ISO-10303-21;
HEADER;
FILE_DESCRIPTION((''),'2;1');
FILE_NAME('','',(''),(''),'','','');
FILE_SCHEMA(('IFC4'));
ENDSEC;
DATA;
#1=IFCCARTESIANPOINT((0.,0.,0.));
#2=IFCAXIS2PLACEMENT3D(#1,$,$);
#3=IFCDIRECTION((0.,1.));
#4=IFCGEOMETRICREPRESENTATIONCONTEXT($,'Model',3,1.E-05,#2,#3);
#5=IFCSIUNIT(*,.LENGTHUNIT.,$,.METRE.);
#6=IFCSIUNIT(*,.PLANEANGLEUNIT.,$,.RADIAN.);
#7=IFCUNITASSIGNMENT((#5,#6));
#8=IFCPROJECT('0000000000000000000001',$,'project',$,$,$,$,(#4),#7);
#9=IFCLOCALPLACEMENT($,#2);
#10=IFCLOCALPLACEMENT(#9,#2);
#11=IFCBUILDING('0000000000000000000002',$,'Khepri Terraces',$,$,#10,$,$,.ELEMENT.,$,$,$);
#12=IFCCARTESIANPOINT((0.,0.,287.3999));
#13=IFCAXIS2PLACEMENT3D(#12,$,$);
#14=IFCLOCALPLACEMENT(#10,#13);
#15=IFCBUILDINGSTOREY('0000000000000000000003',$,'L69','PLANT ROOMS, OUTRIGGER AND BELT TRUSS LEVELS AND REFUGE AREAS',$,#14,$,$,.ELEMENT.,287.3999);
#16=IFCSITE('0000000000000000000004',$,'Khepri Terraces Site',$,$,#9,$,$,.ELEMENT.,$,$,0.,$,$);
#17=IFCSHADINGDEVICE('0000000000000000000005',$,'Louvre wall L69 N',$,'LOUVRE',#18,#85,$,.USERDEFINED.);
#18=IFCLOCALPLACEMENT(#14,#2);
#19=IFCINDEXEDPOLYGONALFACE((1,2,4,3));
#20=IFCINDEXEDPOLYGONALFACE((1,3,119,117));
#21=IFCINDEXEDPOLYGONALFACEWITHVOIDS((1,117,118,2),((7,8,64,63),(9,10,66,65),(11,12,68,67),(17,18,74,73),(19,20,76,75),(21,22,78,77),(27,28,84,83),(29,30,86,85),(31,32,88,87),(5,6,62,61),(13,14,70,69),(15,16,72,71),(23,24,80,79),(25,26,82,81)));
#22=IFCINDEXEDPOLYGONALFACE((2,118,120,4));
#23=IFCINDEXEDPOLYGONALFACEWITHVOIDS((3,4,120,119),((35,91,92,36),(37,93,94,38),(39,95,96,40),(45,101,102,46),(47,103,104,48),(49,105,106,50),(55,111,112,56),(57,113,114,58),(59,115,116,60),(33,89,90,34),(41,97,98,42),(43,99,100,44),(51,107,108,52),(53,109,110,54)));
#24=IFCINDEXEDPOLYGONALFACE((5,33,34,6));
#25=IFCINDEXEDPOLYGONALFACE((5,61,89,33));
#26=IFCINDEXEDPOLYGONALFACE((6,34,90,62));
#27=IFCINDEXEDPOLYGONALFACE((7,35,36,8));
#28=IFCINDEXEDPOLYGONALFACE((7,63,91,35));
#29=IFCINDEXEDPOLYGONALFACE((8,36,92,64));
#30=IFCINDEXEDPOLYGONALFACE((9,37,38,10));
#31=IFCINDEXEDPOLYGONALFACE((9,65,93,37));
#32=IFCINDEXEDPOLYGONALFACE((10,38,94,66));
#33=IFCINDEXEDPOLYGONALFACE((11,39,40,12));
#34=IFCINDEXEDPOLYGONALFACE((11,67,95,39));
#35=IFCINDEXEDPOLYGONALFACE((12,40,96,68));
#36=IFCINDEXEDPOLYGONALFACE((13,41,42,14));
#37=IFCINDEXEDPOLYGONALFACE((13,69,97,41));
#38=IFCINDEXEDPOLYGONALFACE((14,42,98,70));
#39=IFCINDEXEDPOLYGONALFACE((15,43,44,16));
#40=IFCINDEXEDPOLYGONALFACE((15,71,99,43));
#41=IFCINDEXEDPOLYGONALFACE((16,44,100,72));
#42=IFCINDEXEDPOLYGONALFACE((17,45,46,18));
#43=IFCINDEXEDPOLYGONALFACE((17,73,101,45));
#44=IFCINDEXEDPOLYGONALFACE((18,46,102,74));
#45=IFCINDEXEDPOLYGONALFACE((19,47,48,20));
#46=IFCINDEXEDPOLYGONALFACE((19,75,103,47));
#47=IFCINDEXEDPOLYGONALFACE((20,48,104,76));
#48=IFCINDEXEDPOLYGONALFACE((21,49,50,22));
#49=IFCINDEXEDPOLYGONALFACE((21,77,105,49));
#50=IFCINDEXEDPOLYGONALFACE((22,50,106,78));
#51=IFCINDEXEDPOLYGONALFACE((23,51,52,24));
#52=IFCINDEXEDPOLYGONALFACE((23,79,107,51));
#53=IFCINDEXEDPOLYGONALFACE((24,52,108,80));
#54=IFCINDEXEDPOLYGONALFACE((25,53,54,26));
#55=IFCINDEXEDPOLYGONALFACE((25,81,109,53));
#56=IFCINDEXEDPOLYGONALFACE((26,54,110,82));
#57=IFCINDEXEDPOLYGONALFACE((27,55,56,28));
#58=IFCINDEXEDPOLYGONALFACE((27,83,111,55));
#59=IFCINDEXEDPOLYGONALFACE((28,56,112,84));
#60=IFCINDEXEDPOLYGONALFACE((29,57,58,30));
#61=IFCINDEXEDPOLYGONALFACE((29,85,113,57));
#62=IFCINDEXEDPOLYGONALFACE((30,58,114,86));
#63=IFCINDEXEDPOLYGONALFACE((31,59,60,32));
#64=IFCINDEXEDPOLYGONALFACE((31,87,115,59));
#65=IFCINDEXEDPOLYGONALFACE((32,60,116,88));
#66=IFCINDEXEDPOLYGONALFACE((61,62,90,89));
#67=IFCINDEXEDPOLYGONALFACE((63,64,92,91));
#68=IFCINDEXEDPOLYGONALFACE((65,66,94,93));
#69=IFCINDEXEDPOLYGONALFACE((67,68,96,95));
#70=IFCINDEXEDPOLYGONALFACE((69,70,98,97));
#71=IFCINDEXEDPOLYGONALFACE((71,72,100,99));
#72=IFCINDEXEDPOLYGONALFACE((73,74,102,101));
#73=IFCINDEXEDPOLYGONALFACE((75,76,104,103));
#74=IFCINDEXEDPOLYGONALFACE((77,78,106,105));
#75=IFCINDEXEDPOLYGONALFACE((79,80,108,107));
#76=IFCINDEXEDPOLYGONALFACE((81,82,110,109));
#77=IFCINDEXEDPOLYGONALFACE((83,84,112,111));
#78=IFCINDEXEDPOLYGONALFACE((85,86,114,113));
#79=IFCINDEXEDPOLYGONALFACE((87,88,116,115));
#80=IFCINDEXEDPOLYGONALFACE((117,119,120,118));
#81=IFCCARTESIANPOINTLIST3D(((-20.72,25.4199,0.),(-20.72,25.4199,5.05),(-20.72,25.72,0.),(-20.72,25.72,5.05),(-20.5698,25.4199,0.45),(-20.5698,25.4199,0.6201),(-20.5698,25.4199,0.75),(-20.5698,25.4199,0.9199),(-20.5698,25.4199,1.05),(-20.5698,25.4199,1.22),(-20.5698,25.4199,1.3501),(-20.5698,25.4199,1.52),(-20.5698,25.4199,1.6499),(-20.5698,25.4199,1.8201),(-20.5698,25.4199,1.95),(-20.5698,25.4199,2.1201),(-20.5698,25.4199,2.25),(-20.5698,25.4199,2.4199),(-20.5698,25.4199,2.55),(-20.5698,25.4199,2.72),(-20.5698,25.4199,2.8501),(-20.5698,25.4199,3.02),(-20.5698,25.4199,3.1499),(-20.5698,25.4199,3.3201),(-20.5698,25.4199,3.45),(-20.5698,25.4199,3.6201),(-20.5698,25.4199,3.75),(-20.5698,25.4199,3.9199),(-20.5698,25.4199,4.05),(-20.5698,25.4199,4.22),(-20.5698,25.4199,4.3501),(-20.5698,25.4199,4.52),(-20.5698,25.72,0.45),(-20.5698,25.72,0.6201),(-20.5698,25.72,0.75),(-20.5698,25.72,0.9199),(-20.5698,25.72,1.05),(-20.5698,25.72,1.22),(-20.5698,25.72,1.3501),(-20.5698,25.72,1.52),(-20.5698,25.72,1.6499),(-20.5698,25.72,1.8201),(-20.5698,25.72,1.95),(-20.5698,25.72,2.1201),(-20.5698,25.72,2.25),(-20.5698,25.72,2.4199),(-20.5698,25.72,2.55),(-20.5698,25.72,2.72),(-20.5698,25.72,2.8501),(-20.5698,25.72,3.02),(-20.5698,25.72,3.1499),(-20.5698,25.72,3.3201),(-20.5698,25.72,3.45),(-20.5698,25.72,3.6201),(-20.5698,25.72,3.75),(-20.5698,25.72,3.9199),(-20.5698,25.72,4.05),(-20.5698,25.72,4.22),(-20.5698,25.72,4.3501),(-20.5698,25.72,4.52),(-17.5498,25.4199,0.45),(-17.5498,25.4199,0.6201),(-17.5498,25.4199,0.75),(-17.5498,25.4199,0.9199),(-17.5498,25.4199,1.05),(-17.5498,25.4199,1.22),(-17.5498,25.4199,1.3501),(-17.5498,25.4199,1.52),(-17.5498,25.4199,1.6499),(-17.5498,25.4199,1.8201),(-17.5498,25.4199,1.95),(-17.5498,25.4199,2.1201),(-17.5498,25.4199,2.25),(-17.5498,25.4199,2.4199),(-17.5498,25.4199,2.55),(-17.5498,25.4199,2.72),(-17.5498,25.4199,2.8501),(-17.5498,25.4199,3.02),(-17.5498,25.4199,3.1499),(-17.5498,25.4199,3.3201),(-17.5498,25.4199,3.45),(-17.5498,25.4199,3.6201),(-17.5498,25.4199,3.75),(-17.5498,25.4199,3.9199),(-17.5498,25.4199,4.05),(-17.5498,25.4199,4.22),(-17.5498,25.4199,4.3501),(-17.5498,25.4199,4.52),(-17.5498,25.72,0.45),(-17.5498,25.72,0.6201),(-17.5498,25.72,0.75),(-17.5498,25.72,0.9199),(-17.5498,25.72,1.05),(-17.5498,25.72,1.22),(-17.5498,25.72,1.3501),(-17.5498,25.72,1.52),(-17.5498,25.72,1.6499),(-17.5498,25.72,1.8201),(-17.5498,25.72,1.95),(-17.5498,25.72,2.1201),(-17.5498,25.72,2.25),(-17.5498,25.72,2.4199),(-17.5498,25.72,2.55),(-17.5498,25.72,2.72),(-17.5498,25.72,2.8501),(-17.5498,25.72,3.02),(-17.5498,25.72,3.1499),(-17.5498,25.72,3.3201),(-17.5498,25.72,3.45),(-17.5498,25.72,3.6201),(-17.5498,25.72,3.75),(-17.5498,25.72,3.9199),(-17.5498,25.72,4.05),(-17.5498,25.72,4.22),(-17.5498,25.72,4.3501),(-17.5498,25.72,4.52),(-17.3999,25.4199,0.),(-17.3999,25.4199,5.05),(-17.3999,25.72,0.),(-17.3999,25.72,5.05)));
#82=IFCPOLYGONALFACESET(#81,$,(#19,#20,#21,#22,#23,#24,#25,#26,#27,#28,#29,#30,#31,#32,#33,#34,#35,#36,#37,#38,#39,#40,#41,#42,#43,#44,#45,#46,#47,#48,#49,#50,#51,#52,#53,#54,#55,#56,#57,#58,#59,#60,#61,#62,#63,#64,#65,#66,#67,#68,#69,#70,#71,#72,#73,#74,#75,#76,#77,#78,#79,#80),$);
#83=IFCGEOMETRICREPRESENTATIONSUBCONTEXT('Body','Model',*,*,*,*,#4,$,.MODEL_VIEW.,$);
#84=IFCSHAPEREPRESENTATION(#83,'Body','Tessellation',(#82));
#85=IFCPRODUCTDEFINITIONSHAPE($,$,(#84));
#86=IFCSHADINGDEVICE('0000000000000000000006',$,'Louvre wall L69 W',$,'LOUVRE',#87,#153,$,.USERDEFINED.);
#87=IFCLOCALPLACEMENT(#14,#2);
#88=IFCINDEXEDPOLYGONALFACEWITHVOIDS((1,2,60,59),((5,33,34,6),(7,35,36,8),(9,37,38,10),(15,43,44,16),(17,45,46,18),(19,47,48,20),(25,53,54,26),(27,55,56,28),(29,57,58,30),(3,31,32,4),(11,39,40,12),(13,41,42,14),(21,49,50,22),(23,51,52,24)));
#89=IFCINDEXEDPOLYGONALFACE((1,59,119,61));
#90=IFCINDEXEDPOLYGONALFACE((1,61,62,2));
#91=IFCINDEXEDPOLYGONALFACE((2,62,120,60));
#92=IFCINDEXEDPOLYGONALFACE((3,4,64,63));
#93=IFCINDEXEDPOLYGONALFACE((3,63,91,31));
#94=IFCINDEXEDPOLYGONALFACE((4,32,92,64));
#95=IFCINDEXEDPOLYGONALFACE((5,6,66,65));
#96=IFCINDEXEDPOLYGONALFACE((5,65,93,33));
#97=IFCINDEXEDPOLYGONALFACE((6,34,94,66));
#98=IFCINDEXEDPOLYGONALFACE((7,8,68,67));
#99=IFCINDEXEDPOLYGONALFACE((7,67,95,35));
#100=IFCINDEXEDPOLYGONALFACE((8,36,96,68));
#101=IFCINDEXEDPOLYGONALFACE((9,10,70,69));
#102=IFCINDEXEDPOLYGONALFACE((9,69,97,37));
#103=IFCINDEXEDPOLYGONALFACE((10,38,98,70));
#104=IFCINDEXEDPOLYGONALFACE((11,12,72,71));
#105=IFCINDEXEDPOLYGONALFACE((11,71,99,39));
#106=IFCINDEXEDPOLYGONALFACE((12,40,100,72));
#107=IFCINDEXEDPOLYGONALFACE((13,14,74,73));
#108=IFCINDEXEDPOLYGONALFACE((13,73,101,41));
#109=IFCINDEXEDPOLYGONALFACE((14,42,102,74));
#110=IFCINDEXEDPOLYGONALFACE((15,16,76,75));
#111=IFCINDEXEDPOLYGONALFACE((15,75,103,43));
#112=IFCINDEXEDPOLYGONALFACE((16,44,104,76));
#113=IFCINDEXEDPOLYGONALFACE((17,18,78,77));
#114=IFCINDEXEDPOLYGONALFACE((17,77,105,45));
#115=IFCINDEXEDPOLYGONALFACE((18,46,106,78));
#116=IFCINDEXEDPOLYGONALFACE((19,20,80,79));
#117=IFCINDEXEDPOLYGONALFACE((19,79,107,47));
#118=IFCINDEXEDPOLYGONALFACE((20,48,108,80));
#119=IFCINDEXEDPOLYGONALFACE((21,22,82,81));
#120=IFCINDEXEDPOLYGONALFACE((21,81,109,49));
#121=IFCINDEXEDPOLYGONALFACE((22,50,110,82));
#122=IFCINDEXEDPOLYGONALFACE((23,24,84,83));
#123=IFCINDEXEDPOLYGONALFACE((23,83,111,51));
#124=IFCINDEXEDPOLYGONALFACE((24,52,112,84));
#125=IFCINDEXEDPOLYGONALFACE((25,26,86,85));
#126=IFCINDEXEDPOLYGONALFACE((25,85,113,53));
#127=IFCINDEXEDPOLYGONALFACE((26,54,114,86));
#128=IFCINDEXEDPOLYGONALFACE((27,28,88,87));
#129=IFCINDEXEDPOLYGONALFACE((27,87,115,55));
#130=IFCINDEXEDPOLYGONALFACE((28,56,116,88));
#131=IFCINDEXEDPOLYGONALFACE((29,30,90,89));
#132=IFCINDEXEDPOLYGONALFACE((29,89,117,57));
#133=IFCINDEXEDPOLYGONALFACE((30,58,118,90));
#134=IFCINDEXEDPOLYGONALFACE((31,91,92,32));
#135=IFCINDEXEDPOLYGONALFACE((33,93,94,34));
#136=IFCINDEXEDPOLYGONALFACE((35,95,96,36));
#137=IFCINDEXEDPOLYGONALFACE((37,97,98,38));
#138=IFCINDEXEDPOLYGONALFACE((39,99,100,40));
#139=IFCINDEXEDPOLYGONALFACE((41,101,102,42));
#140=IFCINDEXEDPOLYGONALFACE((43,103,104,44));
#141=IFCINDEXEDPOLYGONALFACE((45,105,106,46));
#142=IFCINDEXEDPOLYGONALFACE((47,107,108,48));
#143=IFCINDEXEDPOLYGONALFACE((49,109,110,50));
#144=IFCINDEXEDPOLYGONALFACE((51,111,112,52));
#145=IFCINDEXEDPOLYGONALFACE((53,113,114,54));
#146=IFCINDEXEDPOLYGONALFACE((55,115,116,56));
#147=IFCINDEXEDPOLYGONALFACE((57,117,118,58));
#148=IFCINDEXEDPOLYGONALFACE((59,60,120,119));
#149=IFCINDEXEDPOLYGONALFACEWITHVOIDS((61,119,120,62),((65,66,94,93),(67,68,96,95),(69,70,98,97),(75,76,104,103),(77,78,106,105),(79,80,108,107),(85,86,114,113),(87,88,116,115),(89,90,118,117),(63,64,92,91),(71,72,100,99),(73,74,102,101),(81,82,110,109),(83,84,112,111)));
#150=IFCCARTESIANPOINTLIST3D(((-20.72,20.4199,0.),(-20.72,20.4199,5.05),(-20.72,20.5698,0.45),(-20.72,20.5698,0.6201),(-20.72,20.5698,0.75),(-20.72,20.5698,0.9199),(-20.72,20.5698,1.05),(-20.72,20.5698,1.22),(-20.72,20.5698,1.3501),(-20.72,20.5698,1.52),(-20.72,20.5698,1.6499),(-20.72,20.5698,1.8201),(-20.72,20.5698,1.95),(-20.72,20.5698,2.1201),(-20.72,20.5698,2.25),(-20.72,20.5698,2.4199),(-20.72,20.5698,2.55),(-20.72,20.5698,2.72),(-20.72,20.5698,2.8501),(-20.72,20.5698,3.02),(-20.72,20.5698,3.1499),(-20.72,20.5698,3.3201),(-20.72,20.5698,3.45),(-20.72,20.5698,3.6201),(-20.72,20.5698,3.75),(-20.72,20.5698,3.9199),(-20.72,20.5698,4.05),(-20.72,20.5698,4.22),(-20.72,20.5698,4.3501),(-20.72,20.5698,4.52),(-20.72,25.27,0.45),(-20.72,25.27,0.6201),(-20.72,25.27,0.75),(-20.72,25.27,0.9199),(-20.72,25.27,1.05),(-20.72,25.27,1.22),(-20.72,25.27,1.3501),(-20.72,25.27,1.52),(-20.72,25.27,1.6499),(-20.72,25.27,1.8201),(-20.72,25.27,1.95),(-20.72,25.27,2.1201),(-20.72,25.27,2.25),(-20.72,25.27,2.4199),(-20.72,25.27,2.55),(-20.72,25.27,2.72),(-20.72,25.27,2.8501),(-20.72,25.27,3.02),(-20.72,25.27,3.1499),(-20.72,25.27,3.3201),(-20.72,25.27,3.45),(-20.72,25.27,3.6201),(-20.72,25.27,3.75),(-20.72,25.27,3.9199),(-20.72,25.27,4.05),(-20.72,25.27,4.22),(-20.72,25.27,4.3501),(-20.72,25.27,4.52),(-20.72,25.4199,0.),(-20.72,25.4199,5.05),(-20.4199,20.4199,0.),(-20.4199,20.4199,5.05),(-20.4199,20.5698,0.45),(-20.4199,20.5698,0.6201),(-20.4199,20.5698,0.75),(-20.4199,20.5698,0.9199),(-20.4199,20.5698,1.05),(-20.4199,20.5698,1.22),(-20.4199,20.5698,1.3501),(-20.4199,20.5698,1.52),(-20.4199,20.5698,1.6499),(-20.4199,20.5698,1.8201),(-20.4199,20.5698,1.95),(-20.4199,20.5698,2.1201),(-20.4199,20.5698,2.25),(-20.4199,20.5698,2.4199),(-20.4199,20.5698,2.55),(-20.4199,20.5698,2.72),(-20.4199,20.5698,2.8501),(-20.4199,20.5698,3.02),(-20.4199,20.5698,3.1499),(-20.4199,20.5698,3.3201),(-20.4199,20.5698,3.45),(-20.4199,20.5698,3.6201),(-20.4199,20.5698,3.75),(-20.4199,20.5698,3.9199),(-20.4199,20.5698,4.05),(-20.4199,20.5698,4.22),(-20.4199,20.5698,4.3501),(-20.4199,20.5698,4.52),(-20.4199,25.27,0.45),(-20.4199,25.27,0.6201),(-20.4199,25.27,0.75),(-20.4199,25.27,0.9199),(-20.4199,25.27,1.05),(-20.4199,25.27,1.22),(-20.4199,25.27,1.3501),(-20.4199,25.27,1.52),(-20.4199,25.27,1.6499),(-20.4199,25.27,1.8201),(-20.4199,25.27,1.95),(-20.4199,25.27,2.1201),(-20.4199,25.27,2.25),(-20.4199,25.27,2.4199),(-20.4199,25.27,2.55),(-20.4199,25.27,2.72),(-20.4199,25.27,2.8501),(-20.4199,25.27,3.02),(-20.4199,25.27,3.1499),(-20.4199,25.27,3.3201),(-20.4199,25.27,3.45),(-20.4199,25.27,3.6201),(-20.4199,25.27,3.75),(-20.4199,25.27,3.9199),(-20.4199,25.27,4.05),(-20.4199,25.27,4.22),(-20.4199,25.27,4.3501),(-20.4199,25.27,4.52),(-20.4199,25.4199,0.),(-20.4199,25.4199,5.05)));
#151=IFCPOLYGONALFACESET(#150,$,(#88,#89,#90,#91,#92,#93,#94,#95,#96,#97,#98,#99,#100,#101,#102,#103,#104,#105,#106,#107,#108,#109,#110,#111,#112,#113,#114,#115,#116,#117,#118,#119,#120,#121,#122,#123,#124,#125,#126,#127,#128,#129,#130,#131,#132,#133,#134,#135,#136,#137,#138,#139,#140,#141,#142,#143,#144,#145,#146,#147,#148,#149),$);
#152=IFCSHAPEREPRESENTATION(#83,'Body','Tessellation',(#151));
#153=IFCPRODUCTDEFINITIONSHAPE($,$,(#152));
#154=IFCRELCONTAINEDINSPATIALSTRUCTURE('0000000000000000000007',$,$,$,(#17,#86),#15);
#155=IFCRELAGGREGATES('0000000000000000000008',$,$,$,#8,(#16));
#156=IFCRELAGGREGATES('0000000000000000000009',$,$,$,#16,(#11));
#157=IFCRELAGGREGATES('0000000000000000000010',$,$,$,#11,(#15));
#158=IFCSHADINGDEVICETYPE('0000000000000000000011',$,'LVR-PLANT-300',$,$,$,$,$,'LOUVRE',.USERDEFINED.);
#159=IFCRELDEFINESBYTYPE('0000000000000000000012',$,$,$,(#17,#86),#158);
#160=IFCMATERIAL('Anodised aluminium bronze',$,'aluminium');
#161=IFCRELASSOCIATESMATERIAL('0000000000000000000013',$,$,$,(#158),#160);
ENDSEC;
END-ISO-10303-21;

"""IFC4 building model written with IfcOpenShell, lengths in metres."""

from ifc_helpers import new_model, si_unit, direction, frame, origin, place, context, subcontext, project, spatial, polyline, outline, extrude, material, type_object, element, save


model = new_model("IFC4")

# Units and contexts
model_context = context("Model", 3, precision=1e-05, world=origin(), true_north=direction((0.0, 1.0)))
body_context = subcontext(model_context, "Body", "Model", "MODEL_VIEW")
ifc_project = project(units=[si_unit("LENGTHUNIT", "METRE"), si_unit("PLANEANGLEUNIT", "RADIAN")], contexts=[model_context])

# Site, building, storey
site_placement = place(None, origin())
site = spatial("IfcSite", under=ifc_project, at=site_placement, Name="Khepri Terraces Site", CompositionType="ELEMENT", RefElevation=0.0)
building_placement = place(site_placement, origin())
building = spatial("IfcBuilding", under=site, at=building_placement, Name="Khepri Terraces", CompositionType="ELEMENT")
storey_placement = place(building_placement, frame((0.0, 0.0, 287.3999)))
storey = spatial("IfcBuildingStorey", under=building, at=storey_placement, Name="L69", Description="PLANT ROOMS, OUTRIGGER AND BELT TRUSS LEVELS AND REFUGE AREAS", CompositionType="ELEMENT", Elevation=287.3999)

# Shading devices
ifc_material_1 = material(Name="Anodised aluminium bronze", Category="aluminium")
shading_device_type = type_object("IfcShadingDeviceType", Name="LVR-PLANT-300", ElementType="LOUVRE", PredefinedType="USERDEFINED", material=ifc_material_1)
shading_device_1_placement = place(storey_placement, frame((-17.3999, 25.4199, 0.0), z_axis=(0.0, 1.0, 0.0), x_axis=(-1.0, 0.0, 0.0)))
element("IfcShadingDevice", 1, at=shading_device_1_placement, inside=storey, type_object=shading_device_type, Name="Louvre wall L69 N", ObjectType="LOUVRE", PredefinedType="USERDEFINED", context=body_context, shape_type="SweptSolid", body=[
    extrude(outline(polyline([(0.0, 0.0), (3.3201, 0.0), (3.3201, 5.05), (0.0, 5.05), (0.0, 0.0)]), holes=[polyline([(0.1499, 0.45), (3.1699, 0.45), (3.1699, 0.6201), (0.1499, 0.6201), (0.1499, 0.45)]), polyline([(0.1499, 0.75), (3.1699, 0.75), (3.1699, 0.9199), (0.1499, 0.9199), (0.1499, 0.75)]), polyline([(0.1499, 1.05), (3.1699, 1.05), (3.1699, 1.22), (0.1499, 1.22), (0.1499, 1.05)]), polyline([(0.1499, 1.3501), (3.1699, 1.3501), (3.1699, 1.52), (0.1499, 1.52), (0.1499, 1.3501)]), polyline([(0.1499, 1.6499), (3.1699, 1.6499), (3.1699, 1.8201), (0.1499, 1.8201), (0.1499, 1.6499)]), polyline([(0.1499, 1.95), (3.1699, 1.95), (3.1699, 2.1201), (0.1499, 2.1201), (0.1499, 1.95)]), polyline([(0.1499, 2.25), (3.1699, 2.25), (3.1699, 2.4199), (0.1499, 2.4199), (0.1499, 2.25)]), polyline([(0.1499, 2.55), (3.1699, 2.55), (3.1699, 2.72), (0.1499, 2.72), (0.1499, 2.55)]), polyline([(0.1499, 2.8501), (3.1699, 2.8501), (3.1699, 3.02), (0.1499, 3.02), (0.1499, 2.8501)]), polyline([(0.1499, 3.1499), (3.1699, 3.1499), (3.1699, 3.3201), (0.1499, 3.3201), (0.1499, 3.1499)]), polyline([(0.1499, 3.45), (3.1699, 3.45), (3.1699, 3.6201), (0.1499, 3.6201), (0.1499, 3.45)]), polyline([(0.1499, 3.75), (3.1699, 3.75), (3.1699, 3.9199), (0.1499, 3.9199), (0.1499, 3.75)]), polyline([(0.1499, 4.05), (3.1699, 4.05), (3.1699, 4.22), (0.1499, 4.22), (0.1499, 4.05)]), polyline([(0.1499, 4.3501), (3.1699, 4.3501), (3.1699, 4.52), (0.1499, 4.52), (0.1499, 4.3501)])]), origin(), (0.0, 0.0, 1.0), 0.3),
])
shading_device_2_placement = place(storey_placement, frame((-20.4199, 25.4199, 0.0), z_axis=(-1.0, 0.0, 0.0), x_axis=(0.0, -1.0, 0.0)))
element("IfcShadingDevice", 2, at=shading_device_2_placement, inside=storey, type_object=shading_device_type, Name="Louvre wall L69 W", ObjectType="LOUVRE", PredefinedType="USERDEFINED", context=body_context, shape_type="SweptSolid", body=[
    extrude(outline(polyline([(0.0, 0.0), (5.0, 0.0), (5.0, 5.05), (0.0, 5.05), (0.0, 0.0)]), holes=[polyline([(0.1499, 0.45), (4.8501, 0.45), (4.8501, 0.6201), (0.1499, 0.6201), (0.1499, 0.45)]), polyline([(0.1499, 0.75), (4.8501, 0.75), (4.8501, 0.9199), (0.1499, 0.9199), (0.1499, 0.75)]), polyline([(0.1499, 1.05), (4.8501, 1.05), (4.8501, 1.22), (0.1499, 1.22), (0.1499, 1.05)]), polyline([(0.1499, 1.3501), (4.8501, 1.3501), (4.8501, 1.52), (0.1499, 1.52), (0.1499, 1.3501)]), polyline([(0.1499, 1.6499), (4.8501, 1.6499), (4.8501, 1.8201), (0.1499, 1.8201), (0.1499, 1.6499)]), polyline([(0.1499, 1.95), (4.8501, 1.95), (4.8501, 2.1201), (0.1499, 2.1201), (0.1499, 1.95)]), polyline([(0.1499, 2.25), (4.8501, 2.25), (4.8501, 2.4199), (0.1499, 2.4199), (0.1499, 2.25)]), polyline([(0.1499, 2.55), (4.8501, 2.55), (4.8501, 2.72), (0.1499, 2.72), (0.1499, 2.55)]), polyline([(0.1499, 2.8501), (4.8501, 2.8501), (4.8501, 3.02), (0.1499, 3.02), (0.1499, 2.8501)]), polyline([(0.1499, 3.1499), (4.8501, 3.1499), (4.8501, 3.3201), (0.1499, 3.3201), (0.1499, 3.1499)]), polyline([(0.1499, 3.45), (4.8501, 3.45), (4.8501, 3.6201), (0.1499, 3.6201), (0.1499, 3.45)]), polyline([(0.1499, 3.75), (4.8501, 3.75), (4.8501, 3.9199), (0.1499, 3.9199), (0.1499, 3.75)]), polyline([(0.1499, 4.05), (4.8501, 4.05), (4.8501, 4.22), (0.1499, 4.22), (0.1499, 4.05)]), polyline([(0.1499, 4.3501), (4.8501, 4.3501), (4.8501, 4.52), (0.1499, 4.52), (0.1499, 4.3501)])]), origin(), (0.0, 0.0, 1.0), 0.3),
])

save(model, "model.ifc")
